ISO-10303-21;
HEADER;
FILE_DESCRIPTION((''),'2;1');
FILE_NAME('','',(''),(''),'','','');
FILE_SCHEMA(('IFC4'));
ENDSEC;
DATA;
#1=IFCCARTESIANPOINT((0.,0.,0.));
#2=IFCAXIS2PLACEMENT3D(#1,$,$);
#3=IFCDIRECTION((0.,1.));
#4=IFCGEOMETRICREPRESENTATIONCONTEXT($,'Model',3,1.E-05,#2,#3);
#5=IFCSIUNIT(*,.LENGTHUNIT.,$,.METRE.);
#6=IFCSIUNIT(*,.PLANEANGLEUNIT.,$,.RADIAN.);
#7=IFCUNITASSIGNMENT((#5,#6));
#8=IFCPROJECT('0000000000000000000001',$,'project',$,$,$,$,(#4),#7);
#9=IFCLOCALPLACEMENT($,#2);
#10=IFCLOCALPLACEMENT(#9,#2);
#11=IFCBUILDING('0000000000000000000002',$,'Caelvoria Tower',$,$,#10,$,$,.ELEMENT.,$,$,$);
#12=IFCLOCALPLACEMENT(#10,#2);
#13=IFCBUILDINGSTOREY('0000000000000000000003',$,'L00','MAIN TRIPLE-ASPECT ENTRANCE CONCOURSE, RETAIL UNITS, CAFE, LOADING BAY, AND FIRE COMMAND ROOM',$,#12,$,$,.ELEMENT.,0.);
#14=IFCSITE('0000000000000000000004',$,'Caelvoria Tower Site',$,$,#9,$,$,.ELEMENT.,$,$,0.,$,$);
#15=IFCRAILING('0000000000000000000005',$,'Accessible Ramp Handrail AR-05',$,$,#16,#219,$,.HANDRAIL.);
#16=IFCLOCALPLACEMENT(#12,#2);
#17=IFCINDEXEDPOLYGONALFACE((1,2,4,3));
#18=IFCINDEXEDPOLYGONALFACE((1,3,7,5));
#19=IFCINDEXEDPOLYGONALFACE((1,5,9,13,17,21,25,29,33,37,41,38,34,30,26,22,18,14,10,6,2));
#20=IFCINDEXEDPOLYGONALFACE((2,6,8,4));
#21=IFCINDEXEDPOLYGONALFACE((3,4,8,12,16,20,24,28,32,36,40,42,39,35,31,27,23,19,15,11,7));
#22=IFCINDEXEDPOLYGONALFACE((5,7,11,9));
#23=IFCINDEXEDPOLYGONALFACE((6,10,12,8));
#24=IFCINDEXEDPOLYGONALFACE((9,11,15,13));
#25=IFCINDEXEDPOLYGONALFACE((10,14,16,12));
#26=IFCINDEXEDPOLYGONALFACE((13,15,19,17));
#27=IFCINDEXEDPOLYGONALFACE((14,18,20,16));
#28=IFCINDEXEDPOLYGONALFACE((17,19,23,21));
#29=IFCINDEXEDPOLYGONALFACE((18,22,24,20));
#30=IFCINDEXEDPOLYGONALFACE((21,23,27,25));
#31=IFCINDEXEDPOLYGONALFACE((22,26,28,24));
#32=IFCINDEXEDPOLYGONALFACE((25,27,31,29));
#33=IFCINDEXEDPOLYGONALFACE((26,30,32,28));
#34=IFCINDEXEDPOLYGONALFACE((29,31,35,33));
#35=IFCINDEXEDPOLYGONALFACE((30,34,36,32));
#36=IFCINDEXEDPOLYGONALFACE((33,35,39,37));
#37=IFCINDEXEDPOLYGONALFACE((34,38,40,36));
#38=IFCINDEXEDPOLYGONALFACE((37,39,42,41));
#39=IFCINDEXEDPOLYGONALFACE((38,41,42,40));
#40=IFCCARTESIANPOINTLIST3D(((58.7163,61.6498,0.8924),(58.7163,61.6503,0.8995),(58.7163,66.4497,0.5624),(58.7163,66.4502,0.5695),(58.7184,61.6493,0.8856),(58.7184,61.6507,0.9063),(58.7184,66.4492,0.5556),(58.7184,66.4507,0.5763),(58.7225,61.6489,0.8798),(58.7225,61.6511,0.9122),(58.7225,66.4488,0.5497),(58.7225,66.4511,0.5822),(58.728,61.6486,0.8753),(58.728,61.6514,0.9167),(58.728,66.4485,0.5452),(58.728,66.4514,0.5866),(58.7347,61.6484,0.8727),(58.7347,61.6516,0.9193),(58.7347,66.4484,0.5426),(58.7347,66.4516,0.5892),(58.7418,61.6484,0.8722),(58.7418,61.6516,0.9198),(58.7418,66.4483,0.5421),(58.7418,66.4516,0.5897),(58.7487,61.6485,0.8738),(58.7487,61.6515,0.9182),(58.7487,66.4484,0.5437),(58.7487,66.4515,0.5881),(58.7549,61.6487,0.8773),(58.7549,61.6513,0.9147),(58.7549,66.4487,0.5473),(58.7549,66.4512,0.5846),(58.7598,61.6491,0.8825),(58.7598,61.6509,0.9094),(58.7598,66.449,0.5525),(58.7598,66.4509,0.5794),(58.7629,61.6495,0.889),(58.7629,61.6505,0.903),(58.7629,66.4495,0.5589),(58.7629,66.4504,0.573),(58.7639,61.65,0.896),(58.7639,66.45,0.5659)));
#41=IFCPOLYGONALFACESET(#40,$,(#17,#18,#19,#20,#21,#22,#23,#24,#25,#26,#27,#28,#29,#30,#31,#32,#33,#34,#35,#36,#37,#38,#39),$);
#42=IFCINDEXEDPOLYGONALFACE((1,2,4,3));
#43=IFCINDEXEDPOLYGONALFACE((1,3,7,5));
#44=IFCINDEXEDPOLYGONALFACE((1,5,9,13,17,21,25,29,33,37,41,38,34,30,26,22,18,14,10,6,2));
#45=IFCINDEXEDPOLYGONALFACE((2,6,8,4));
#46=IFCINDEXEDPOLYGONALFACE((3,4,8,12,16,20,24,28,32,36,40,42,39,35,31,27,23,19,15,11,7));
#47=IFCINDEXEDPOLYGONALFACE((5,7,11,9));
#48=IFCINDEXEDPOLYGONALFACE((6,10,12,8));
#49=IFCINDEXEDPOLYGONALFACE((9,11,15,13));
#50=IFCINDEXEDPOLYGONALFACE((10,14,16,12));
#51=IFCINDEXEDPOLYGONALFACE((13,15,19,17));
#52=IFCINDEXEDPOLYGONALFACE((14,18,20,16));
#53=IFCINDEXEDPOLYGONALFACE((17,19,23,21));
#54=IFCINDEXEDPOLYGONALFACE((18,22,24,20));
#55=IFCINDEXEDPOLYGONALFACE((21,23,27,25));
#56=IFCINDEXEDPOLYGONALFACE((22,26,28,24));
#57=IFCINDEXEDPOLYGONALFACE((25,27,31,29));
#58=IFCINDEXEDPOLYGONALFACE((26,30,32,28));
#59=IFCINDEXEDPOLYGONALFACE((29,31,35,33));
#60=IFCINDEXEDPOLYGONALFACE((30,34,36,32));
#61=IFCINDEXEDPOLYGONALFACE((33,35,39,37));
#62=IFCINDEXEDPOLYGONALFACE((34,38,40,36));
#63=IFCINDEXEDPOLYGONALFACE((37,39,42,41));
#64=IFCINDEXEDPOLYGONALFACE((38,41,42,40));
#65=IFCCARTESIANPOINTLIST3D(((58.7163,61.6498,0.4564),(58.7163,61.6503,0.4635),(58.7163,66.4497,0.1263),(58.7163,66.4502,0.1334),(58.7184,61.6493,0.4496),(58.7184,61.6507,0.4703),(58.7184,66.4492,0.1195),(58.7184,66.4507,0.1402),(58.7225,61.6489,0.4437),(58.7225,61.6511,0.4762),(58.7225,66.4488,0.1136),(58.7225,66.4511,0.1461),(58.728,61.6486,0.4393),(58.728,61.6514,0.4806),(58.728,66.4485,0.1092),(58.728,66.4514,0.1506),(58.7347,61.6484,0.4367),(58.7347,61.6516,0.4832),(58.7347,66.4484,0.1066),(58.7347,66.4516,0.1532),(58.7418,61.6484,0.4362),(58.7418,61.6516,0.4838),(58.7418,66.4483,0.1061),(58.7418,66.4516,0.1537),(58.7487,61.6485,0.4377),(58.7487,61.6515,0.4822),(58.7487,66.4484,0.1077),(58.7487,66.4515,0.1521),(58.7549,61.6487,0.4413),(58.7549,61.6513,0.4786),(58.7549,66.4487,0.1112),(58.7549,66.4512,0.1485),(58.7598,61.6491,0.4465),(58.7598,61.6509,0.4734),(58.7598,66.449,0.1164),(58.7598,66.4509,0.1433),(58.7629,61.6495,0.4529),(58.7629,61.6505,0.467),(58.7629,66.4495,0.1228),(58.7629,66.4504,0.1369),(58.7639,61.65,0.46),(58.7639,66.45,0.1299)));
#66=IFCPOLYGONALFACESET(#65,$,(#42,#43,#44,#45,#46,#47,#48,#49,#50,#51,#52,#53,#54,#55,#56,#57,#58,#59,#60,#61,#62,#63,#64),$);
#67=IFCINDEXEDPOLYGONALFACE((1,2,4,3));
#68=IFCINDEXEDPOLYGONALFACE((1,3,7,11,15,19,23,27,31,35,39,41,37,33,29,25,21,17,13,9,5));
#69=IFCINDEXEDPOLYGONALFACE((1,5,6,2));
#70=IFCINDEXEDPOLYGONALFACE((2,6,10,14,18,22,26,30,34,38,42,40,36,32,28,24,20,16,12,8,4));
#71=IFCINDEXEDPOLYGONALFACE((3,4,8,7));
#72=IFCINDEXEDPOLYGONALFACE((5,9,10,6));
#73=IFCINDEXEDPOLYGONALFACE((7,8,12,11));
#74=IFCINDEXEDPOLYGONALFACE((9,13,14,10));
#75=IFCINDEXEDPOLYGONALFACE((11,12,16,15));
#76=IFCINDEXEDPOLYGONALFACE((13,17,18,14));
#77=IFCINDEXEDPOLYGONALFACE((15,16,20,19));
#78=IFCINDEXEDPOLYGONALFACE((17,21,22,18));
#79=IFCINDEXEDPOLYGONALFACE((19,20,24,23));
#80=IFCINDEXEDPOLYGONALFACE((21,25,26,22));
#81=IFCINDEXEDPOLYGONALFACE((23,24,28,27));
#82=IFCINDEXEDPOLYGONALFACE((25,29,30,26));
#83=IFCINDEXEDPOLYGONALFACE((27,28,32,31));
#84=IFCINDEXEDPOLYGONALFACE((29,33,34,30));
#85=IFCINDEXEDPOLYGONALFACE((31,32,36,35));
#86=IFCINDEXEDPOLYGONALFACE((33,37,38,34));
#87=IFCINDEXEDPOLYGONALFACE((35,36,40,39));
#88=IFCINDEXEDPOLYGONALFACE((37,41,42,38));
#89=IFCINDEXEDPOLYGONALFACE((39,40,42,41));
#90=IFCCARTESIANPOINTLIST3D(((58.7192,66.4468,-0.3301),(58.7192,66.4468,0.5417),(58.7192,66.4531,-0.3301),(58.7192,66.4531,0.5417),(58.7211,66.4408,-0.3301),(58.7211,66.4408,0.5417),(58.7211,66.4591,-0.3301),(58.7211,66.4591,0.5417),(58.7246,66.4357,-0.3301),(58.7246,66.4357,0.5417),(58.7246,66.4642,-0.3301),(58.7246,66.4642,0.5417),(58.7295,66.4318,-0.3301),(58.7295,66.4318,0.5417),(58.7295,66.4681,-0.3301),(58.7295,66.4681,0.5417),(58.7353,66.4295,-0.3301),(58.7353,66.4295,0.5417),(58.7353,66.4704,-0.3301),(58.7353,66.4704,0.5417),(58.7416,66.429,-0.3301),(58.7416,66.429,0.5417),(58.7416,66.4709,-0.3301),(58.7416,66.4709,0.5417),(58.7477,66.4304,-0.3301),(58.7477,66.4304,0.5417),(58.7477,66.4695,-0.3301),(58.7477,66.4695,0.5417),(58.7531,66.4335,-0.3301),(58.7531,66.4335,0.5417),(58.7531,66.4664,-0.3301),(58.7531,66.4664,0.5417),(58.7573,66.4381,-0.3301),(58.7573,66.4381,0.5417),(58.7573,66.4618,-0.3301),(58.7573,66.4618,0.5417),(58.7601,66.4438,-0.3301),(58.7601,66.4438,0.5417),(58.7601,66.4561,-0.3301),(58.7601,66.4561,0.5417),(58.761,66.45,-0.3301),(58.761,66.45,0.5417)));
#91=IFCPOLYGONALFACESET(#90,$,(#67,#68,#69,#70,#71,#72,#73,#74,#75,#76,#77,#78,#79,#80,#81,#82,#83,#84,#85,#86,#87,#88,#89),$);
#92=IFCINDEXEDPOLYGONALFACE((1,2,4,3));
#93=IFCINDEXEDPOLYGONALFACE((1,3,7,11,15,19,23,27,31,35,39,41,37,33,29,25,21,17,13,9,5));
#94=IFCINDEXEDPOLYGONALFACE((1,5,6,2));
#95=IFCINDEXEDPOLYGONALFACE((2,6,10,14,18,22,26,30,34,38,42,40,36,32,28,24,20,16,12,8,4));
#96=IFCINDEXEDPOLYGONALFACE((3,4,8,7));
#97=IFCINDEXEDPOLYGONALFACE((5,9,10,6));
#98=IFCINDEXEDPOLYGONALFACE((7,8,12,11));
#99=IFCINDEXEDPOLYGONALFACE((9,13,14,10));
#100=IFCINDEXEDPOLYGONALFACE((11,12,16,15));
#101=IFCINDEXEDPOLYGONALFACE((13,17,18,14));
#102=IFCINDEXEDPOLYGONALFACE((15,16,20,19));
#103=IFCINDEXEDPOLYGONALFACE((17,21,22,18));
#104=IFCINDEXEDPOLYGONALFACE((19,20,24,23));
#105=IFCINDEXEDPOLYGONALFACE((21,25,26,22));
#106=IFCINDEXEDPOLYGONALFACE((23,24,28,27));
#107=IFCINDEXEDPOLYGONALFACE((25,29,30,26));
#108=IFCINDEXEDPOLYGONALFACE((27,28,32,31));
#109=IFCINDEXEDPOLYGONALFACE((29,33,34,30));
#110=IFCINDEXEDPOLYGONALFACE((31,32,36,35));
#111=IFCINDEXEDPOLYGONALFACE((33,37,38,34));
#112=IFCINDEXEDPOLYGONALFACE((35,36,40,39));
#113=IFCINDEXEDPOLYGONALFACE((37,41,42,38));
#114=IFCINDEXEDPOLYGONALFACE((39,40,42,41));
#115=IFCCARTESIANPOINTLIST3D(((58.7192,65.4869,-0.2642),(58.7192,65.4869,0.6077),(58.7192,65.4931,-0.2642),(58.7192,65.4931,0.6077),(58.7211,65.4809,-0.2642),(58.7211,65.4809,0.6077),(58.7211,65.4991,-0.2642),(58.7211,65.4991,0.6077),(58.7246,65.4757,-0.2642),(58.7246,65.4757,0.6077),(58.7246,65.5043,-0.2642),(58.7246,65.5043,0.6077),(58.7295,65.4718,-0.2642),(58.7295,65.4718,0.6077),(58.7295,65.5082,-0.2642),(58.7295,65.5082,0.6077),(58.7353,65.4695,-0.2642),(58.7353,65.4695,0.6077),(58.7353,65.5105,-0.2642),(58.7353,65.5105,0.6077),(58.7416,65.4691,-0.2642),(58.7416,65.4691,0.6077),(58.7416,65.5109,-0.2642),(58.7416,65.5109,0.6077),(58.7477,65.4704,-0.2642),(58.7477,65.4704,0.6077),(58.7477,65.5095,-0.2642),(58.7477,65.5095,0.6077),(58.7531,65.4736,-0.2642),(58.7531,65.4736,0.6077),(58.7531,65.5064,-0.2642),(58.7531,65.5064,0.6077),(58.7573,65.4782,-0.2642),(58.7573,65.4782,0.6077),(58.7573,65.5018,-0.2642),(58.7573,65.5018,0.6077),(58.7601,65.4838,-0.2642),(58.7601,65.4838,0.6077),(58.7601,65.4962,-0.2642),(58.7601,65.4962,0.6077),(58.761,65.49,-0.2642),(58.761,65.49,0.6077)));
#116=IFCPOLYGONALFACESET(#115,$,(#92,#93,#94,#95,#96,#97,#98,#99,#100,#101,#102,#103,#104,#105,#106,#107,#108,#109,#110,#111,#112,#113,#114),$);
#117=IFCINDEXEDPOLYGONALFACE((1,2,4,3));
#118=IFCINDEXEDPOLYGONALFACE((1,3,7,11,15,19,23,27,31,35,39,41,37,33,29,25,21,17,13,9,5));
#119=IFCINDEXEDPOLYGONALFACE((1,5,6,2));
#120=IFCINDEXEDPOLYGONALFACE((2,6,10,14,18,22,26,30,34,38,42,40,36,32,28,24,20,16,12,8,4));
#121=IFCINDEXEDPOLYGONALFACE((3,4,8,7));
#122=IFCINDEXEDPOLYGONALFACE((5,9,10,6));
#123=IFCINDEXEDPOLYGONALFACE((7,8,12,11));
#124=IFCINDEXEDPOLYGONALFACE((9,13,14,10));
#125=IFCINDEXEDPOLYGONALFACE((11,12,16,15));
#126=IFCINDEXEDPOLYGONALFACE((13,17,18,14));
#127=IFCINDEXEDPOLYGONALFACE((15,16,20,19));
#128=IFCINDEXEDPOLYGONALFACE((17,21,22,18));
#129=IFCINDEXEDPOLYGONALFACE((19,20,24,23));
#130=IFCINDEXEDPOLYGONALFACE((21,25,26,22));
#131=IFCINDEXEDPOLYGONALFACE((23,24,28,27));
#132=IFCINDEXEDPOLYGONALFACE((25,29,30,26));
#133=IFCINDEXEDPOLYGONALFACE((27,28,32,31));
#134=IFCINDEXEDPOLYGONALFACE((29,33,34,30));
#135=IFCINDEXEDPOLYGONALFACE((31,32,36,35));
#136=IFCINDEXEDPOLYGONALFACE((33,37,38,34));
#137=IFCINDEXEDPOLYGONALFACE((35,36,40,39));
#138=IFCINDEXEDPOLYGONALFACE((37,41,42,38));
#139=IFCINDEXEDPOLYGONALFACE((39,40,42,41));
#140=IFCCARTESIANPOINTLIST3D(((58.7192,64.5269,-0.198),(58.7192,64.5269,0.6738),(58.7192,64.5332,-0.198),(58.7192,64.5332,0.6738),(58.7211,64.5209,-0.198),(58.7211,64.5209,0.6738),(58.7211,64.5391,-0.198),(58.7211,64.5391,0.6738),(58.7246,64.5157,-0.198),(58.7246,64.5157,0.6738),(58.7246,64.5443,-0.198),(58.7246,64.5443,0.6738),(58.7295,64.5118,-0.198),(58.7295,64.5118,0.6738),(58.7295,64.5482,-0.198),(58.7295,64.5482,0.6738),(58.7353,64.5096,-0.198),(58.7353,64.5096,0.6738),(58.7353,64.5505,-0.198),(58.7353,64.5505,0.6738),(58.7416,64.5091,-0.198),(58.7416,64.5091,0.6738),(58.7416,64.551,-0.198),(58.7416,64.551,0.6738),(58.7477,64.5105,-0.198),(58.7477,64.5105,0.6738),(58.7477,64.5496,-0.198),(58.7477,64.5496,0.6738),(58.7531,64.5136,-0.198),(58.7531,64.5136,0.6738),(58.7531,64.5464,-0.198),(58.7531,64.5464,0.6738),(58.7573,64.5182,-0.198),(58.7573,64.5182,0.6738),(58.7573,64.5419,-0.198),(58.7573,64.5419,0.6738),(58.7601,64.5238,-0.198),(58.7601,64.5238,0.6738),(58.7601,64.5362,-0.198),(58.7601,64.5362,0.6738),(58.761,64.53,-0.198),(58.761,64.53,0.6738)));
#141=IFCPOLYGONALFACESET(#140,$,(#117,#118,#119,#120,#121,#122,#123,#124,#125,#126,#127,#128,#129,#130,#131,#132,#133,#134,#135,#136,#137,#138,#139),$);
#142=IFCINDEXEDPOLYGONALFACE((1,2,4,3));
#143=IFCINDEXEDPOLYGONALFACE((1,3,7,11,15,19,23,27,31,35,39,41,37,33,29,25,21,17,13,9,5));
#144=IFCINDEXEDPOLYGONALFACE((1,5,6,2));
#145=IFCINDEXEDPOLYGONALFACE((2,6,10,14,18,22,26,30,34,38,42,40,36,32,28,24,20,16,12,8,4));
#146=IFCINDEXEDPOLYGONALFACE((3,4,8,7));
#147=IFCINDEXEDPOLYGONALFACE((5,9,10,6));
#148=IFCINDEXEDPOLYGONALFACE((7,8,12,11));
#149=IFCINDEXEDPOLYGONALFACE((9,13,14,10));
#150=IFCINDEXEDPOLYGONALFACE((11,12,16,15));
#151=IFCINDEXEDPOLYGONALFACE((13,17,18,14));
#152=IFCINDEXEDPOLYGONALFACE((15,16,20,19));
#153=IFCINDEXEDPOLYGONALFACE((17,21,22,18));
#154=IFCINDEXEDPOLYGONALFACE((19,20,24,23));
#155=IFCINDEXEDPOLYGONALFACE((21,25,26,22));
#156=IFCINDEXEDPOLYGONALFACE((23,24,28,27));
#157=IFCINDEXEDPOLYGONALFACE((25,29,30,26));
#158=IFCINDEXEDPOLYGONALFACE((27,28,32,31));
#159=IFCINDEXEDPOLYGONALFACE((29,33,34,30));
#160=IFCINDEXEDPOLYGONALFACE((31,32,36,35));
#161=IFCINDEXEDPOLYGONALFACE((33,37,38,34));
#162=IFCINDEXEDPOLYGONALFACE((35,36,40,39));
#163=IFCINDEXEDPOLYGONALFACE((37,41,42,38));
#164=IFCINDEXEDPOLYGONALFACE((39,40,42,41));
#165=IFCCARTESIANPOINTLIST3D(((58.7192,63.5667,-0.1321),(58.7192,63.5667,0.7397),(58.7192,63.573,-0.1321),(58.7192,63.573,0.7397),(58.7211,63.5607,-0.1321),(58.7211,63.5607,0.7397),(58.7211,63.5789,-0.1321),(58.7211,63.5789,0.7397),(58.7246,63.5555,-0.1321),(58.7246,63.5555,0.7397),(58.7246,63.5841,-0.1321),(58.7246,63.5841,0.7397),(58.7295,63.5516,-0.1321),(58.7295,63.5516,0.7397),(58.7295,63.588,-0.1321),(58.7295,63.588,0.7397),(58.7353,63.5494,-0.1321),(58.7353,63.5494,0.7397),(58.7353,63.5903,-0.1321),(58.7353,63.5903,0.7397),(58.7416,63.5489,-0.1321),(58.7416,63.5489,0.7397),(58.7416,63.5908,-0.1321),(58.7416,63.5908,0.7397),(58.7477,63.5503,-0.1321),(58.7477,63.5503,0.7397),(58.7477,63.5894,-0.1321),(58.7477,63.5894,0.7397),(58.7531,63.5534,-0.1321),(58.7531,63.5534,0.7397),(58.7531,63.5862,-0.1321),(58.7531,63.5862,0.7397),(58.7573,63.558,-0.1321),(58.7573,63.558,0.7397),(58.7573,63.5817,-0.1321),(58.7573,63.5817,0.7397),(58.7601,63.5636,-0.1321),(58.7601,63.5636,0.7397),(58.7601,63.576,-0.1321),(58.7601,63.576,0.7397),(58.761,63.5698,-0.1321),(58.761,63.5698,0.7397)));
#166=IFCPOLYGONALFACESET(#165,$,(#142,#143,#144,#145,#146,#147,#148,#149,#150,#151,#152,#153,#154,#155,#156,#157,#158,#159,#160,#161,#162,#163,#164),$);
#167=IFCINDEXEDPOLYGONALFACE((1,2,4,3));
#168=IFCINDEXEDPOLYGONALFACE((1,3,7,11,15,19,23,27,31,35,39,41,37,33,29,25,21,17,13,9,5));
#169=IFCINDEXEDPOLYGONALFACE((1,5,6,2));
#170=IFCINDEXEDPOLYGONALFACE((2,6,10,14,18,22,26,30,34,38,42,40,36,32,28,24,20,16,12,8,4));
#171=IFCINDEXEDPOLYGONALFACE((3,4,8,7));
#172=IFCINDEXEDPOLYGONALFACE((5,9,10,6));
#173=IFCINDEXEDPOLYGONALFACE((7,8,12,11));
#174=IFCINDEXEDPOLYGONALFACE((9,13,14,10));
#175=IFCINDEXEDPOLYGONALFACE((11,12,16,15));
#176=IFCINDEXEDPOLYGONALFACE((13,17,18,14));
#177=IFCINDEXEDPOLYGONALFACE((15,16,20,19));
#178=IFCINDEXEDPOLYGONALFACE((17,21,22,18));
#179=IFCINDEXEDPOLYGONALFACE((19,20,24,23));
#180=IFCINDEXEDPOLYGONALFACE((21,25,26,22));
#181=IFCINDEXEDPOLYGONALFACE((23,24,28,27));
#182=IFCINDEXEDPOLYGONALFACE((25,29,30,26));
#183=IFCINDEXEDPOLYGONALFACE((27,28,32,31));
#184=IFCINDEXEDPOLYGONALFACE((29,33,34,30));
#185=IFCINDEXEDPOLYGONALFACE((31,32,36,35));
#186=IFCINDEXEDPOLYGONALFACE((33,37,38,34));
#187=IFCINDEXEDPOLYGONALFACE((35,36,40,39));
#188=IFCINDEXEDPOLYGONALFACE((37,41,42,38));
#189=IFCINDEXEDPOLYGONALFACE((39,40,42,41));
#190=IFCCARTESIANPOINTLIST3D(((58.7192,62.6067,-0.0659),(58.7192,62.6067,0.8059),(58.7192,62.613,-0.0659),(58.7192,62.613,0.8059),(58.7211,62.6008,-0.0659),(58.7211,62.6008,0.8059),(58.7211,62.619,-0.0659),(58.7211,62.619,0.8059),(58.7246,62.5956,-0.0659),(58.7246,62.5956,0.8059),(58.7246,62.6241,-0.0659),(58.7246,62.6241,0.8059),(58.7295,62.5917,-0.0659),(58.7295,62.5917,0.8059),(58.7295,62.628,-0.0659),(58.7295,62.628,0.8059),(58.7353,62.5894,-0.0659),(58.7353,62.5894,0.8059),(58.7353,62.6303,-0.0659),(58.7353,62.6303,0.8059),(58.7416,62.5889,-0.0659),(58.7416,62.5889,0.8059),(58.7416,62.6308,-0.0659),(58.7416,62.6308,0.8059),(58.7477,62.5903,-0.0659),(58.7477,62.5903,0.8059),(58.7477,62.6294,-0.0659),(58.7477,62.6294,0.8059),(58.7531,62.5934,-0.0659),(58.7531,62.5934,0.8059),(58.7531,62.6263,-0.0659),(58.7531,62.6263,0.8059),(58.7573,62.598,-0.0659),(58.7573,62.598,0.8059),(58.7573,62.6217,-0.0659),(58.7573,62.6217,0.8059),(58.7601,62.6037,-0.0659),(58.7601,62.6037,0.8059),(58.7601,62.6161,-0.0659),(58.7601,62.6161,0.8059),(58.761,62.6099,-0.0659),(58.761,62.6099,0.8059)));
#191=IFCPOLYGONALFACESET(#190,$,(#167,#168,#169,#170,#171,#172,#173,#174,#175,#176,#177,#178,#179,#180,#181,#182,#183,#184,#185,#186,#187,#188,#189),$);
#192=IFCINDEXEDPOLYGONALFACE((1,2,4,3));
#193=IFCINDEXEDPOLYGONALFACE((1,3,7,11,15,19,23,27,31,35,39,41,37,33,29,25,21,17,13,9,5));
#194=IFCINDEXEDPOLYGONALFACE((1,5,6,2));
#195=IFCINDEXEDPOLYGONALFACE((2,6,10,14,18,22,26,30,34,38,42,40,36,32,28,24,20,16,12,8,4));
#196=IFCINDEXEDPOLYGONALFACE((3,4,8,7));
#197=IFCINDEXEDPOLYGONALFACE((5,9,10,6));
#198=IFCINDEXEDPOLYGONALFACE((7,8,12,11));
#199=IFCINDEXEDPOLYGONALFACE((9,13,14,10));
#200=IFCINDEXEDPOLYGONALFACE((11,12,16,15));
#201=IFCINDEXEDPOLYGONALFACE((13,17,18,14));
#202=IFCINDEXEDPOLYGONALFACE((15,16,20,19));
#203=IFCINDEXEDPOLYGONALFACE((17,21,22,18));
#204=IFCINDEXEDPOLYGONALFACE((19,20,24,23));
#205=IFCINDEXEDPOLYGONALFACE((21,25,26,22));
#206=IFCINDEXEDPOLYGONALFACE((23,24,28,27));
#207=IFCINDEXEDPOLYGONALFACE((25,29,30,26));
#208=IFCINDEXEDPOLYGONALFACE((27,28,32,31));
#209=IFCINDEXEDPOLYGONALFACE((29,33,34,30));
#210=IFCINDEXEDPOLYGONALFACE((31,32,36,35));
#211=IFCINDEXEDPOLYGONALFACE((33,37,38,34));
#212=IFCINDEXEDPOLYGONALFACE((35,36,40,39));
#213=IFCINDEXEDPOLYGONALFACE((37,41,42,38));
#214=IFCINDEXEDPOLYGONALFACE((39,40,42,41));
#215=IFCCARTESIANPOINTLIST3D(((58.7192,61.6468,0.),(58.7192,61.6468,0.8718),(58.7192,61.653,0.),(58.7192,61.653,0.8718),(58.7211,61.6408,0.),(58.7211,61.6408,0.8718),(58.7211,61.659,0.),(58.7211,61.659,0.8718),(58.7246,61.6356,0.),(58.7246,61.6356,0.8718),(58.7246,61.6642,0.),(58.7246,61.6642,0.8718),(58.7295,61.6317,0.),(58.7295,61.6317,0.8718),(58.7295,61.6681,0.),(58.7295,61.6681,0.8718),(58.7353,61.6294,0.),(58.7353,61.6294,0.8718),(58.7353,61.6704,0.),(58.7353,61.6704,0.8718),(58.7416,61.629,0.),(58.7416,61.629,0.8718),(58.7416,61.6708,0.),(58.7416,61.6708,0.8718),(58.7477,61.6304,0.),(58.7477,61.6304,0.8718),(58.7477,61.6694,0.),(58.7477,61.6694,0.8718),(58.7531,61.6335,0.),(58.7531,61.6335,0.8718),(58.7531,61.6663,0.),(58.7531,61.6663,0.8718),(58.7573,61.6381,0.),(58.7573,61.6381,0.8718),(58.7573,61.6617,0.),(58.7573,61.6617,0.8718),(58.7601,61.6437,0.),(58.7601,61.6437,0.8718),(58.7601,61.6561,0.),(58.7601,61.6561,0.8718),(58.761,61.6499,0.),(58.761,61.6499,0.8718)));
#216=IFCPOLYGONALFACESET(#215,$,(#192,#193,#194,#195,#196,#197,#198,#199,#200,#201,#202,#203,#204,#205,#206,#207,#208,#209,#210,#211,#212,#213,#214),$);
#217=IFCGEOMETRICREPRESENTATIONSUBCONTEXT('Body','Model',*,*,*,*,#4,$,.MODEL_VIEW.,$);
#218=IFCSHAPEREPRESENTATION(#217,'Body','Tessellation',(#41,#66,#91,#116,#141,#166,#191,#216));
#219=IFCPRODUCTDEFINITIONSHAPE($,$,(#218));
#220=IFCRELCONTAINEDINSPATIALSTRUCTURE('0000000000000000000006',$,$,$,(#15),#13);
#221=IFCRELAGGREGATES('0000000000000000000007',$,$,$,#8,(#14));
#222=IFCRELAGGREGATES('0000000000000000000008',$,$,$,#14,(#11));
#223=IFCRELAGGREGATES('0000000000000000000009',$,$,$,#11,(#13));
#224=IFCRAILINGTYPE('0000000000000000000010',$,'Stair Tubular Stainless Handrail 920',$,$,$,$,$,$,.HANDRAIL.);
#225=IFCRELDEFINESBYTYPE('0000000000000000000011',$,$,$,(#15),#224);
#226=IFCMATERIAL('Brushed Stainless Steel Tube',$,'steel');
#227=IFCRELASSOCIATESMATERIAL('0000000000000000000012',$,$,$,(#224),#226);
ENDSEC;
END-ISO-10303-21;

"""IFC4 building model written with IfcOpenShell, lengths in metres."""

from ifc_helpers import new_model, si_unit, direction, frame, origin, origin_2d, place, context, subcontext, project, spatial, circle, extrude, material, type_object, element, save


model = new_model("IFC4")

# Units and contexts
model_context = context("Model", 3, precision=1e-05, world=origin(), true_north=direction((0.0, 1.0)))
body_context = subcontext(model_context, "Body", "Model", "MODEL_VIEW")
ifc_project = project(units=[si_unit("LENGTHUNIT", "METRE"), si_unit("PLANEANGLEUNIT", "RADIAN")], contexts=[model_context])

# Site, building, storey
site_placement = place(None, origin())
site = spatial("IfcSite", under=ifc_project, at=site_placement, Name="Caelvoria Tower Site", CompositionType="ELEMENT", RefElevation=0.0)
building_placement = place(site_placement, origin())
building = spatial("IfcBuilding", under=site, at=building_placement, Name="Caelvoria Tower", CompositionType="ELEMENT")
storey_placement = place(building_placement, origin())
storey = spatial("IfcBuildingStorey", under=building, at=storey_placement, Name="L00", Description="MAIN TRIPLE-ASPECT ENTRANCE CONCOURSE, RETAIL UNITS, CAFE, LOADING BAY, AND FIRE COMMAND ROOM", CompositionType="ELEMENT", Elevation=0.0)

# Railing
ifc_material_1 = material(Name="Brushed Stainless Steel Tube", Category="steel")
railing_type_1 = type_object("IfcRailingType", Name="Stair Tubular Stainless Handrail 920", PredefinedType="HANDRAIL", material=ifc_material_1)
railing_placement = place(storey_placement, frame((58.74, 66.45, -0.3301)))
element("IfcRailing", 1, at=railing_placement, inside=storey, type_object=railing_type_1, Name="Accessible Ramp Handrail AR-05", PredefinedType="HANDRAIL", context=body_context, shape_type="SweptSolid", body=[
    extrude(circle(Radius=0.0239, at=origin_2d()), frame((0.0, 0.0, 0.896), z_axis=(0.0, -0.997644, 0.068604), x_axis=(1.0, 0.0, 0.0)), (0.0, 0.0, 1.0), 4.8113),
    extrude(circle(Radius=0.0239, at=origin_2d()), frame((0.0, 0.0, 0.46), z_axis=(0.0, -0.997644, 0.068604), x_axis=(1.0, 0.0, 0.0)), (0.0, 0.0, 1.0), 4.8113),
    extrude(circle(Radius=0.021, at=origin_2d()), origin(), (0.0, 0.0, 1.0), 0.8718),
    extrude(circle(Radius=0.021, at=origin_2d()), frame((0.0, -0.96, 0.0659)), (0.0, 0.0, 1.0), 0.8718),
    extrude(circle(Radius=0.021, at=origin_2d()), frame((0.0, -1.9199, 0.1321)), (0.0, 0.0, 1.0), 0.8718),
    extrude(circle(Radius=0.021, at=origin_2d()), frame((0.0, -2.8801, 0.198)), (0.0, 0.0, 1.0), 0.8718),
    extrude(circle(Radius=0.021, at=origin_2d()), frame((0.0, -3.8401, 0.2642)), (0.0, 0.0, 1.0), 0.8718),
    extrude(circle(Radius=0.021, at=origin_2d()), frame((0.0, -4.8, 0.3301)), (0.0, 0.0, 1.0), 0.8718),
])

save(model, "model.ifc")
